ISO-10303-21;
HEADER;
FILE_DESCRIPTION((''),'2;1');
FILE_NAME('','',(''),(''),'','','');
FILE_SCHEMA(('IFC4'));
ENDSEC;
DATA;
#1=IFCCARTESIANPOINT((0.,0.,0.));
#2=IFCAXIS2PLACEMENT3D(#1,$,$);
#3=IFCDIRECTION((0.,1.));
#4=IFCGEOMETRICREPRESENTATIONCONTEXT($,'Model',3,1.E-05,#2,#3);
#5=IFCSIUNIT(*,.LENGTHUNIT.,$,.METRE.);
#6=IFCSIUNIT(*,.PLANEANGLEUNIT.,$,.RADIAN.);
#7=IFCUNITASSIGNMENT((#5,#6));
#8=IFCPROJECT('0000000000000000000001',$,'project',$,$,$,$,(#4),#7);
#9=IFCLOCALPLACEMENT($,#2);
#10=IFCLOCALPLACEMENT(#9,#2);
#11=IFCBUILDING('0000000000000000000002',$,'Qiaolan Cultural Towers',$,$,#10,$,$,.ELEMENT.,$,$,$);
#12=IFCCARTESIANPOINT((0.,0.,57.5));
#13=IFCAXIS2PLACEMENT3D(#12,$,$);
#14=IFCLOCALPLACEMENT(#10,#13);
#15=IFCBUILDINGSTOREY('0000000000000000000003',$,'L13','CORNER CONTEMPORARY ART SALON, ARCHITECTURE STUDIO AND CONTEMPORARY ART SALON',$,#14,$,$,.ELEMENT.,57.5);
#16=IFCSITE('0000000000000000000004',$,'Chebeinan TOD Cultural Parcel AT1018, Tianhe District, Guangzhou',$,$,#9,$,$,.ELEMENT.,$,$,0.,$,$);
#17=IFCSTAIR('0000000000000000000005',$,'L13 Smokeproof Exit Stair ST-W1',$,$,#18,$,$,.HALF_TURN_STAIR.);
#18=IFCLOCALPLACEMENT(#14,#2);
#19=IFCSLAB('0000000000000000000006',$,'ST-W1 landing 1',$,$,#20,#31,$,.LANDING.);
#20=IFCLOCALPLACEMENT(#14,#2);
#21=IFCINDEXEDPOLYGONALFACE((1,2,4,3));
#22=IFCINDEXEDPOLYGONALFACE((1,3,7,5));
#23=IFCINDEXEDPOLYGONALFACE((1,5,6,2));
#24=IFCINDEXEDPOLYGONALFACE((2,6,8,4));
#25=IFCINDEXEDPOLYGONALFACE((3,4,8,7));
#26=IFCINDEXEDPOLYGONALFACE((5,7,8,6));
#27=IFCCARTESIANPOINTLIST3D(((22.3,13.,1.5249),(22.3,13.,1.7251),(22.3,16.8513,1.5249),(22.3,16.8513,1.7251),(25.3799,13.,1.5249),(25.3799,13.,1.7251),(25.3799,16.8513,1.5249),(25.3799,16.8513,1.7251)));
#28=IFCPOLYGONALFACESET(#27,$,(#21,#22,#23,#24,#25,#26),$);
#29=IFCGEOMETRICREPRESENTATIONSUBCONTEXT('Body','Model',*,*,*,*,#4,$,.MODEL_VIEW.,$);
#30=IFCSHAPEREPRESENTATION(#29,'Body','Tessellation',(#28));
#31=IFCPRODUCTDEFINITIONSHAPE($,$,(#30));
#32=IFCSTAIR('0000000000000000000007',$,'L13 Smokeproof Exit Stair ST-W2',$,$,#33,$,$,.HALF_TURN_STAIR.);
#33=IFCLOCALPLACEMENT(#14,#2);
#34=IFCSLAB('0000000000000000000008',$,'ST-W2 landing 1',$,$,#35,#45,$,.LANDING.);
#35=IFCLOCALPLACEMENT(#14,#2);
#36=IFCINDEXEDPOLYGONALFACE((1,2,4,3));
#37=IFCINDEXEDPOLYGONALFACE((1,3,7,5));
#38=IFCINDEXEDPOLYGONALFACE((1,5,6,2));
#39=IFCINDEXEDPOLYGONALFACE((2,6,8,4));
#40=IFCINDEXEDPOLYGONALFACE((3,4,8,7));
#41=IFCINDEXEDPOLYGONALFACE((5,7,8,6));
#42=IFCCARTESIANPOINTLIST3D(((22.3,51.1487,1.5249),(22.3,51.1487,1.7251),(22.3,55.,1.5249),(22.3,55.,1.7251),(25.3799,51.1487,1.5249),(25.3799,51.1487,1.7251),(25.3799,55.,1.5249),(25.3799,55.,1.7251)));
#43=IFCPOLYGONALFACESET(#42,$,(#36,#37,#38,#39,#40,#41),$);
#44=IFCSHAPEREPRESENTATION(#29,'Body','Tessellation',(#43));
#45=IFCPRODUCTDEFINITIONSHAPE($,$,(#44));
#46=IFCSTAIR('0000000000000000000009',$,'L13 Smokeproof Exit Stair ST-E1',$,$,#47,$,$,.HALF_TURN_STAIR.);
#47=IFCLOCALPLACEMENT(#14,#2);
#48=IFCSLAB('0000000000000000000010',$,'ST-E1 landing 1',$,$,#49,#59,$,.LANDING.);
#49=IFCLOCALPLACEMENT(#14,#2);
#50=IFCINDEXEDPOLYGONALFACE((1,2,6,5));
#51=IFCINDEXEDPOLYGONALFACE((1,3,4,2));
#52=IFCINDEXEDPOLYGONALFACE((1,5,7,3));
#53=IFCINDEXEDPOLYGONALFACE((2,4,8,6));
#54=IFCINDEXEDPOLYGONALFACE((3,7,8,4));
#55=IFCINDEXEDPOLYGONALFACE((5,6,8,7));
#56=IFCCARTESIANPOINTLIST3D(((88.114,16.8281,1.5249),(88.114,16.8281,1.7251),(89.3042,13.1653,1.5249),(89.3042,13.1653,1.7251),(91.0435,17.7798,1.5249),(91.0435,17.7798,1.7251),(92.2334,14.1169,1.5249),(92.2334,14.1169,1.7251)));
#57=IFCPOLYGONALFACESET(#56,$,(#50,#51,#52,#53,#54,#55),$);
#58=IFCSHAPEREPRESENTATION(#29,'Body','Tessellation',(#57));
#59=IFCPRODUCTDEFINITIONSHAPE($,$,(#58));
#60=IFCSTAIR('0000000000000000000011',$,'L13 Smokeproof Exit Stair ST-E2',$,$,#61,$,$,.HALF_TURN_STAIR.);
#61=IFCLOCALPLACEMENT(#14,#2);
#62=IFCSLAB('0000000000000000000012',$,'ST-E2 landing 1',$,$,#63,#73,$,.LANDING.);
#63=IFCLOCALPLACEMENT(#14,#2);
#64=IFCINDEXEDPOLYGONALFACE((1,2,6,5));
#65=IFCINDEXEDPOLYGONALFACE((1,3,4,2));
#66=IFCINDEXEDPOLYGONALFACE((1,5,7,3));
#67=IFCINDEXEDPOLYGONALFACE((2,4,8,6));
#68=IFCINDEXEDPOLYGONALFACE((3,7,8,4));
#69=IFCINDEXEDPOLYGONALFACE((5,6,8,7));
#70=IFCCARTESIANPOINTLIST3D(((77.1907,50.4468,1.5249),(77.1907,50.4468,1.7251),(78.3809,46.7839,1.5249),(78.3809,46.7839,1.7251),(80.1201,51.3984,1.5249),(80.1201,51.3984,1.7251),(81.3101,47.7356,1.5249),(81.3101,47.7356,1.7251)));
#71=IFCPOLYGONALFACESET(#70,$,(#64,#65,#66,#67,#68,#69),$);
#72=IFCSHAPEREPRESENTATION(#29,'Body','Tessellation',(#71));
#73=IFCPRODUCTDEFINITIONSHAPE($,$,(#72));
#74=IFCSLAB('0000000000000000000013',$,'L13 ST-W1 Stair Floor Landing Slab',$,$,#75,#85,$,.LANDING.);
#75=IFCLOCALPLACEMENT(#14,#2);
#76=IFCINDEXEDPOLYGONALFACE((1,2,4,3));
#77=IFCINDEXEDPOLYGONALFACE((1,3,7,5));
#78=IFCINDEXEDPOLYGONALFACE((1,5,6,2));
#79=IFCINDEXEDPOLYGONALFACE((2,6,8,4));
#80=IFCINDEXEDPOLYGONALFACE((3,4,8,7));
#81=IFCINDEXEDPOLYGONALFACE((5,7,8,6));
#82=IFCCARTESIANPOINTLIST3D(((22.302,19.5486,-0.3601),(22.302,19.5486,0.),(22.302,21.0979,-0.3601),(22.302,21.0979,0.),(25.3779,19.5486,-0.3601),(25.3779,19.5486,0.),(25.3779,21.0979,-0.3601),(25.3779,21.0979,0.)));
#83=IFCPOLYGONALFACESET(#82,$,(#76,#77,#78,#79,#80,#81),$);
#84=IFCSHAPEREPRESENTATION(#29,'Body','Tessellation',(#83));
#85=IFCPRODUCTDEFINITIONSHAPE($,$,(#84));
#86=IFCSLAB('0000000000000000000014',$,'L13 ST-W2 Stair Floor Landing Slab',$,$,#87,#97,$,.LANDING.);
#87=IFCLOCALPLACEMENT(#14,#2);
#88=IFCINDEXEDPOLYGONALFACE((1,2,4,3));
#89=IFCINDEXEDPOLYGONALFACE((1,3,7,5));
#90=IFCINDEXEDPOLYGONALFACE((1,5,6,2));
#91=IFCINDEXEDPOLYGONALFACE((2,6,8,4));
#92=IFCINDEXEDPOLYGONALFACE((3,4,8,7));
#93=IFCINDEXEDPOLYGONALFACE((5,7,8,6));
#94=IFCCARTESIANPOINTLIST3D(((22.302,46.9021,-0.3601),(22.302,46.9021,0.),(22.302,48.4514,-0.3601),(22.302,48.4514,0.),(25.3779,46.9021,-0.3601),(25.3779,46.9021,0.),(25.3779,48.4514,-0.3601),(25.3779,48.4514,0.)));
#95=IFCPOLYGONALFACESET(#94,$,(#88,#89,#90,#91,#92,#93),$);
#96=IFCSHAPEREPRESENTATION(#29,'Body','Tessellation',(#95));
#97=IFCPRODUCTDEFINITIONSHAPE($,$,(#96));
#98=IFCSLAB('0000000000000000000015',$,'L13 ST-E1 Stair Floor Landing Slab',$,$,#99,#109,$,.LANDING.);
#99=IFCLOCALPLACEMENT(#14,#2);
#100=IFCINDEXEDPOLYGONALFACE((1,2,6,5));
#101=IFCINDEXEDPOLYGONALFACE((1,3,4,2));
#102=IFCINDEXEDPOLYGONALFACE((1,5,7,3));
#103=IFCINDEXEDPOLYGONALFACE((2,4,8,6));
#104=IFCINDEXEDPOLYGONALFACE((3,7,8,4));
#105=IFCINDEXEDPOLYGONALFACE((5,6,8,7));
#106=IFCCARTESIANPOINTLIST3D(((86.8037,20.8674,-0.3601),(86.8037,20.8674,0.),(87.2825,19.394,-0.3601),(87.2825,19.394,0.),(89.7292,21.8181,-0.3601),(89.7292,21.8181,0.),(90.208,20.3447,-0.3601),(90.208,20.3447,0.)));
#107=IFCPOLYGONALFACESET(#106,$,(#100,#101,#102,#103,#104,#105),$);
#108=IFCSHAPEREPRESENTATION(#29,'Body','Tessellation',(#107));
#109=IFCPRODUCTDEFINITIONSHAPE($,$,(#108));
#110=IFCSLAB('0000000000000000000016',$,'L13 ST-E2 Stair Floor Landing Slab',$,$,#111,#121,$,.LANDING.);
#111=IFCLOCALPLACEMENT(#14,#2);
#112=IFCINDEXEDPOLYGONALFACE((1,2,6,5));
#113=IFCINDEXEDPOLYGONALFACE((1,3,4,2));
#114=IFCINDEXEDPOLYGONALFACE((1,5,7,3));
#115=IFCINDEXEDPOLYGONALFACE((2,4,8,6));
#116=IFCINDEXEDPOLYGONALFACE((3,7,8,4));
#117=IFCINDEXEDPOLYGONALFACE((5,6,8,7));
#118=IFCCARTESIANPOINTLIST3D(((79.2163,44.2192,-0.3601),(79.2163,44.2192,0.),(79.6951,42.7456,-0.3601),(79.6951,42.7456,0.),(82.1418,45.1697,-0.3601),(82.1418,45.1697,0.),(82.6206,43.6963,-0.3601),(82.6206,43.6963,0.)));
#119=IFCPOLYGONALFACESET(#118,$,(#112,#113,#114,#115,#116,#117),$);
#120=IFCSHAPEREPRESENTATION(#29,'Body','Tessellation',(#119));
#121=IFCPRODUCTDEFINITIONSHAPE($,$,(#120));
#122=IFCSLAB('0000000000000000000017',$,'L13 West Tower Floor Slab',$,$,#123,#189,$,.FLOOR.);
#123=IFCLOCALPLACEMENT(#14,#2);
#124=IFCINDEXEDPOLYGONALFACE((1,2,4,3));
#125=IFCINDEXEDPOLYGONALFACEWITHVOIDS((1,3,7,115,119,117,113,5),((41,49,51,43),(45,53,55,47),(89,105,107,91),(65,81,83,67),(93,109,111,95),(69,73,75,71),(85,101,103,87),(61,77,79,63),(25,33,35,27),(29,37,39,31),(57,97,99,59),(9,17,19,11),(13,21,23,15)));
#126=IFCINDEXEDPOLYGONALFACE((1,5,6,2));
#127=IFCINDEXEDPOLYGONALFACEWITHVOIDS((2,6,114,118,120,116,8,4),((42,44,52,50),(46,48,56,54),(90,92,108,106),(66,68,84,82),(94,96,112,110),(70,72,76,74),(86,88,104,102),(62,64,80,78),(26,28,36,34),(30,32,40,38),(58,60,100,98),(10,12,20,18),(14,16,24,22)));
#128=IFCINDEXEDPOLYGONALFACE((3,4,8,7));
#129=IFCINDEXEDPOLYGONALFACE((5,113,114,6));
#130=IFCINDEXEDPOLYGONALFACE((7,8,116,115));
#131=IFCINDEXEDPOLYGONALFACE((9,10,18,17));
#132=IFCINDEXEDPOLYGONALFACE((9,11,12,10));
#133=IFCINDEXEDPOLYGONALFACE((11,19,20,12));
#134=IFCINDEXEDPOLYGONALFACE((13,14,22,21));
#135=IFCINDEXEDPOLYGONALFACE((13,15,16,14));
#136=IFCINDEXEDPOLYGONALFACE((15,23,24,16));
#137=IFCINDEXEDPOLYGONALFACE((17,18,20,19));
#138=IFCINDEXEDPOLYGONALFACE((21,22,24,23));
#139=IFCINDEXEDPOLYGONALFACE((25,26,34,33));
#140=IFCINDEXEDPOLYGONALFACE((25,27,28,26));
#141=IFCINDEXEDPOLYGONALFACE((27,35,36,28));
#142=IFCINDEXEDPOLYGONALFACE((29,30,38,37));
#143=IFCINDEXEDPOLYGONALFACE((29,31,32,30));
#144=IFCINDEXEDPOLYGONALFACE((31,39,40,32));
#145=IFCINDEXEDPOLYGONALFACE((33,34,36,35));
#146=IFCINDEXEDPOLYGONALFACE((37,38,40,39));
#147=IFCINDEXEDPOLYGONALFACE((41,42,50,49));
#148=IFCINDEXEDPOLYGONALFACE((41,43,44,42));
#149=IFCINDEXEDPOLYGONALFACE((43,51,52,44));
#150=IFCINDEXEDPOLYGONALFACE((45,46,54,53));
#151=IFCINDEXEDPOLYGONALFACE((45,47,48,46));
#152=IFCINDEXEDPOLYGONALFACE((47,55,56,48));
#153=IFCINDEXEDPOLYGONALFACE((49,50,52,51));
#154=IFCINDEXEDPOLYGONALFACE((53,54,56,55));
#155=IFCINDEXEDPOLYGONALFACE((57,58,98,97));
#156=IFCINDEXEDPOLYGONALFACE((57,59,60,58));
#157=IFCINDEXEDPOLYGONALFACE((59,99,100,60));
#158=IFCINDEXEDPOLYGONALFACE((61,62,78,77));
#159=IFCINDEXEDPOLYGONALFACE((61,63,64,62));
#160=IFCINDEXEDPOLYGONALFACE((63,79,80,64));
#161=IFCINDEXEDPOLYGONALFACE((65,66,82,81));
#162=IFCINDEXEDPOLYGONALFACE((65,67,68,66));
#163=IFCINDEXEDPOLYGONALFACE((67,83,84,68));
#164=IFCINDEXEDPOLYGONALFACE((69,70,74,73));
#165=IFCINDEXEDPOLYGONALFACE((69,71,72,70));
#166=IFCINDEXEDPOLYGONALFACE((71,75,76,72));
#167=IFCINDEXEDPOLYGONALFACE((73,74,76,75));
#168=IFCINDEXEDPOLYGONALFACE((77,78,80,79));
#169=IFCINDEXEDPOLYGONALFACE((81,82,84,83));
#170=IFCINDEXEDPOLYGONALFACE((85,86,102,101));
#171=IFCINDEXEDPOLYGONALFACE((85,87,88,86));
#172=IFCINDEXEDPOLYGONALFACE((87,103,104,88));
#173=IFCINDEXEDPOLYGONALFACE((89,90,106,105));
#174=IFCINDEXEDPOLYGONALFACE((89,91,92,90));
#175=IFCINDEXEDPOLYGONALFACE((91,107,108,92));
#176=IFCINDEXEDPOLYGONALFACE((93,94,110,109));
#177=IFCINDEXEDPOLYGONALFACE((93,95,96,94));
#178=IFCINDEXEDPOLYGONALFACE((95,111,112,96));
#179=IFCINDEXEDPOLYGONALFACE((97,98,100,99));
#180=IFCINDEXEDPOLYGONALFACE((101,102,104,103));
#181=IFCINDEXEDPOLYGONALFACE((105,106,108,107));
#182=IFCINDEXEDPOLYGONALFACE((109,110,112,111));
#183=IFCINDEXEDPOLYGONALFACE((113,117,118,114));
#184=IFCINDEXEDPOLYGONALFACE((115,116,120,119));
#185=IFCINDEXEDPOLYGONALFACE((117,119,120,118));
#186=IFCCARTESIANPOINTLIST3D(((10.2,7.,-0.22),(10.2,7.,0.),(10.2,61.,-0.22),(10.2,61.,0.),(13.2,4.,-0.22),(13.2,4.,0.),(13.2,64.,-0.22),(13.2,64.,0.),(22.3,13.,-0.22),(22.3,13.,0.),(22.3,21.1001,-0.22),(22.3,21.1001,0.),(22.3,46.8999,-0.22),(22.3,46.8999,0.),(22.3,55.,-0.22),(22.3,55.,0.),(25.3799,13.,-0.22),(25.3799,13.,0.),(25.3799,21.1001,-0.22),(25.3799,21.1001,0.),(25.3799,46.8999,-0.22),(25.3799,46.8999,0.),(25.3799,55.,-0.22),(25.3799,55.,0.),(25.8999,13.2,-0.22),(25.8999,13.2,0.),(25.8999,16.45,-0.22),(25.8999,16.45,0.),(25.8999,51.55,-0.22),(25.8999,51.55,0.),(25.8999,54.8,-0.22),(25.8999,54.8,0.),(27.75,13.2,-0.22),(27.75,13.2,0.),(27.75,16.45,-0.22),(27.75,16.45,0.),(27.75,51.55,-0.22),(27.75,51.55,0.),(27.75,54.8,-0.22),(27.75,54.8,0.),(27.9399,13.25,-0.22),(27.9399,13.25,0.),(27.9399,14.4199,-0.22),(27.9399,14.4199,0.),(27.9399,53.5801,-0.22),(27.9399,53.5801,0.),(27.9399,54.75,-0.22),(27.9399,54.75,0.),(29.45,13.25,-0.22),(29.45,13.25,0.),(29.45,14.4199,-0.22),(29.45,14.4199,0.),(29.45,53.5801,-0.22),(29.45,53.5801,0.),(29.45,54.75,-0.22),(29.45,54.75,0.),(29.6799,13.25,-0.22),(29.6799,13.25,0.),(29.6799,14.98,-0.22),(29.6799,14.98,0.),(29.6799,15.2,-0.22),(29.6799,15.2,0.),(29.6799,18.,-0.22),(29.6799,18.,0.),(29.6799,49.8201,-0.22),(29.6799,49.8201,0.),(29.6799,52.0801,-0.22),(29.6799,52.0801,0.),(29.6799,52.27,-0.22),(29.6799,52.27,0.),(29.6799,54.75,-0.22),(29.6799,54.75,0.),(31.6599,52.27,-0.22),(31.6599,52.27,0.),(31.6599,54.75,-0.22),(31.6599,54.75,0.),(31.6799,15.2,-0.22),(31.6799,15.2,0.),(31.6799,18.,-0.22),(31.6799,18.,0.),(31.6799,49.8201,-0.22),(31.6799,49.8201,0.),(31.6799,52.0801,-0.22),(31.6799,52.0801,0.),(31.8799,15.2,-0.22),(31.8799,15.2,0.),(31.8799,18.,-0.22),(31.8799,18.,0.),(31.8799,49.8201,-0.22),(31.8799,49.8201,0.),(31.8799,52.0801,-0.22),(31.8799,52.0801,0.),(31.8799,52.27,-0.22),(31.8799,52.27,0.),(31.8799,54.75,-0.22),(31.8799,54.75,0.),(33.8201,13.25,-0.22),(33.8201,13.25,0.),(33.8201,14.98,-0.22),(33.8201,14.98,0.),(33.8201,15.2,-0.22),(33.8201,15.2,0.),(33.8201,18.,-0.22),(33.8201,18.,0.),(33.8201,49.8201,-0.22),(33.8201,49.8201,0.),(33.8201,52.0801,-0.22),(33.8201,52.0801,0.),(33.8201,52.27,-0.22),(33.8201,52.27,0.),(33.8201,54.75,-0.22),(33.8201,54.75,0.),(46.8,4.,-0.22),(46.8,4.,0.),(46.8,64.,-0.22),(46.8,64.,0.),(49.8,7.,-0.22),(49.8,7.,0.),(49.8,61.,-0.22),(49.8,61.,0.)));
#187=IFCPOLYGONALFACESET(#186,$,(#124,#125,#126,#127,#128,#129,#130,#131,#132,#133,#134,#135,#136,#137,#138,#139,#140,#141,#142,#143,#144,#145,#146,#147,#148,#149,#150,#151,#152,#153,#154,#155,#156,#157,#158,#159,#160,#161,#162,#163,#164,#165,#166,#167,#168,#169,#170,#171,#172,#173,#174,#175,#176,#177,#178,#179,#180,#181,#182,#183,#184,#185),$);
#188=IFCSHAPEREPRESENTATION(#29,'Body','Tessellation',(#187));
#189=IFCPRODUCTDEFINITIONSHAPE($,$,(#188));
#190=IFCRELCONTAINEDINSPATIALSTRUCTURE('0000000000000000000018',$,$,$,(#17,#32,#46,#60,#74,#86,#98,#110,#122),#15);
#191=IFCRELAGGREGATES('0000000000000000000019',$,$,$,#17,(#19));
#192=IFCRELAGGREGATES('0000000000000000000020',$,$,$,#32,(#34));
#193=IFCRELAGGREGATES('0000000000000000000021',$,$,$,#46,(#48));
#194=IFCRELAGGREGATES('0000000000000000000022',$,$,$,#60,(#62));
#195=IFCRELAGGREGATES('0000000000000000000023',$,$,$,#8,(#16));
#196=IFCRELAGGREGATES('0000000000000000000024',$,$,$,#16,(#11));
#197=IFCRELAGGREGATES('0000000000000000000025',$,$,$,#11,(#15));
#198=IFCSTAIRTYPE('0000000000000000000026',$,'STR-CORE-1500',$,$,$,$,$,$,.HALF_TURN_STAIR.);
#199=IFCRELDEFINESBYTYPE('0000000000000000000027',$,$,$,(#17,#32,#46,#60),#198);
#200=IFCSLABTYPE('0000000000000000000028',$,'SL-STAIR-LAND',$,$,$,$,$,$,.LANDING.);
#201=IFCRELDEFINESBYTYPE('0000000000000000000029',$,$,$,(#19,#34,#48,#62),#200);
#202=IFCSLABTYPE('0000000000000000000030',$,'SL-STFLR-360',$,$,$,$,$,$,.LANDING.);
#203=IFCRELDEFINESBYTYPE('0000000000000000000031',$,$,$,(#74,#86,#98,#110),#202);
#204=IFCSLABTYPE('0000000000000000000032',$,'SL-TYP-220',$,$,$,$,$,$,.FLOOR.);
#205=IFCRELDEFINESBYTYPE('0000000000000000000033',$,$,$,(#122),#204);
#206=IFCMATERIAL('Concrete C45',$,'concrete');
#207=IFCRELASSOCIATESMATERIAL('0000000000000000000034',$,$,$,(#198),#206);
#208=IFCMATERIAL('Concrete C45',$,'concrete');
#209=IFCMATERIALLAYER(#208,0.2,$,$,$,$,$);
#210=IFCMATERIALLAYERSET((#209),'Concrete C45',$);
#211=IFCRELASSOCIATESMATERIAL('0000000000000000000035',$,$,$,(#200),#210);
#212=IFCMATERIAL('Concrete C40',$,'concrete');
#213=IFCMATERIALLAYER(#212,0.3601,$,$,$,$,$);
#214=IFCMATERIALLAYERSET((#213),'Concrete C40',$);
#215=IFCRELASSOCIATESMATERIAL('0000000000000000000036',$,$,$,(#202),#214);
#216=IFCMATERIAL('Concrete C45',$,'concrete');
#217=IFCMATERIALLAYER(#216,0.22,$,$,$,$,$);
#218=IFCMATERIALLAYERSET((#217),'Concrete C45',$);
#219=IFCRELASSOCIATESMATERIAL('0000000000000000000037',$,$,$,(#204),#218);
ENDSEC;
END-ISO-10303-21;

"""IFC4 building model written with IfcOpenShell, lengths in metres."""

from ifc_helpers import new_model, si_unit, direction, frame, origin, place, context, subcontext, project, spatial, polyline, outline, extrude, material, layer, layer_set, type_object, element, aggregate, save


model = new_model("IFC4")

# Units and contexts
model_context = context("Model", 3, precision=1e-05, world=origin(), true_north=direction((0.0, 1.0)))
body_context = subcontext(model_context, "Body", "Model", "MODEL_VIEW")
ifc_project = project(units=[si_unit("LENGTHUNIT", "METRE"), si_unit("PLANEANGLEUNIT", "RADIAN")], contexts=[model_context])

# Site, building, storey
site_placement = place(None, origin())
site = spatial("IfcSite", under=ifc_project, at=site_placement, Name="Chebeinan TOD Cultural Parcel AT1018, Tianhe District, Guangzhou", CompositionType="ELEMENT", RefElevation=0.0)
building_placement = place(site_placement, origin())
building = spatial("IfcBuilding", under=site, at=building_placement, Name="Qiaolan Cultural Towers", CompositionType="ELEMENT")
storey_placement = place(building_placement, frame((0.0, 0.0, 57.5)))
storey = spatial("IfcBuildingStorey", under=building, at=storey_placement, Name="L13", Description="CORNER CONTEMPORARY ART SALON, ARCHITECTURE STUDIO AND CONTEMPORARY ART SALON", CompositionType="ELEMENT", Elevation=57.5)

# Stairs, slabs
ifc_material_1 = material(Name="Concrete C45", Category="concrete")
stair_type = type_object("IfcStairType", Name="STR-CORE-1500", PredefinedType="HALF_TURN_STAIR", material=ifc_material_1)
stair_1_placement = place(storey_placement, origin())
stair_1 = element("IfcStair", 1, at=stair_1_placement, inside=storey, type_object=stair_type, Name="L13 Smokeproof Exit Stair ST-W1", PredefinedType="HALF_TURN_STAIR")
ifc_material_2 = material(Name="Concrete C45", Category="concrete")
ifc_layer_1 = layer(ifc_material_2, 0.2)
ifc_layer_set_1 = layer_set([ifc_layer_1], Name="Concrete C45")
slab_type_1 = type_object("IfcSlabType", Name="SL-STAIR-LAND", PredefinedType="LANDING", material=ifc_layer_set_1)
slab_1_placement = place(storey_placement, frame((0.0, 0.0, 1.5249)))
slab_1 = element("IfcSlab", 2, at=slab_1_placement, type_object=slab_type_1, Name="ST-W1 landing 1", PredefinedType="LANDING", context=body_context, shape_type="SweptSolid", body=[
    extrude(outline(polyline([(22.3, 16.8513), (22.3, 13.0), (25.3799, 13.0), (25.3799, 16.8513), (22.3, 16.8513)])), origin(), (0.0, 0.0, 1.0), 0.2002),
])
aggregate(stair_1, [slab_1])
stair_2_placement = place(storey_placement, origin())
stair_2 = element("IfcStair", 3, at=stair_2_placement, inside=storey, type_object=stair_type, Name="L13 Smokeproof Exit Stair ST-W2", PredefinedType="HALF_TURN_STAIR")
slab_2_placement = place(storey_placement, frame((0.0, 0.0, 1.5249)))
slab_2 = element("IfcSlab", 4, at=slab_2_placement, type_object=slab_type_1, Name="ST-W2 landing 1", PredefinedType="LANDING", context=body_context, shape_type="SweptSolid", body=[
    extrude(outline(polyline([(25.3799, 51.1487), (25.3799, 55.0), (22.3, 55.0), (22.3, 51.1487), (25.3799, 51.1487)])), origin(), (0.0, 0.0, 1.0), 0.2002),
])
aggregate(stair_2, [slab_2])
stair_3_placement = place(storey_placement, origin())
stair_3 = element("IfcStair", 5, at=stair_3_placement, inside=storey, type_object=stair_type, Name="L13 Smokeproof Exit Stair ST-E1", PredefinedType="HALF_TURN_STAIR")
slab_3_placement = place(storey_placement, frame((0.0, 0.0, 1.5249)))
slab_3 = element("IfcSlab", 6, at=slab_3_placement, type_object=slab_type_1, Name="ST-E1 landing 1", PredefinedType="LANDING", context=body_context, shape_type="SweptSolid", body=[
    extrude(outline(polyline([(88.114, 16.8281), (89.3042, 13.1653), (92.2334, 14.1169), (91.0435, 17.7798), (88.114, 16.8281)])), origin(), (0.0, 0.0, 1.0), 0.2002),
])
aggregate(stair_3, [slab_3])
stair_4_placement = place(storey_placement, origin())
stair_4 = element("IfcStair", 7, at=stair_4_placement, inside=storey, type_object=stair_type, Name="L13 Smokeproof Exit Stair ST-E2", PredefinedType="HALF_TURN_STAIR")
slab_4_placement = place(storey_placement, frame((0.0, 0.0, 1.5249)))
slab_4 = element("IfcSlab", 8, at=slab_4_placement, type_object=slab_type_1, Name="ST-E2 landing 1", PredefinedType="LANDING", context=body_context, shape_type="SweptSolid", body=[
    extrude(outline(polyline([(81.3101, 47.7356), (80.1201, 51.3984), (77.1907, 50.4468), (78.3809, 46.7839), (81.3101, 47.7356)])), origin(), (0.0, 0.0, 1.0), 0.2002),
])
aggregate(stair_4, [slab_4])

# Slabs
ifc_material_3 = material(Name="Concrete C40", Category="concrete")
ifc_layer_2 = layer(ifc_material_3, 0.3601)
ifc_layer_set_2 = layer_set([ifc_layer_2], Name="Concrete C40")
slab_type_2 = type_object("IfcSlabType", Name="SL-STFLR-360", PredefinedType="LANDING", material=ifc_layer_set_2)
slab_5_placement = place(storey_placement, frame((0.0, 0.0, -0.3601)))
element("IfcSlab", 9, at=slab_5_placement, inside=storey, type_object=slab_type_2, Name="L13 ST-W1 Stair Floor Landing Slab", PredefinedType="LANDING", context=body_context, shape_type="SweptSolid", body=[
    extrude(outline(polyline([(22.302, 21.0979), (22.302, 19.5486), (25.3779, 19.5486), (25.3779, 21.0979), (22.302, 21.0979)])), origin(), (0.0, 0.0, 1.0), 0.3601),
])
slab_6_placement = place(storey_placement, frame((0.0, 0.0, -0.3601)))
element("IfcSlab", 10, at=slab_6_placement, inside=storey, type_object=slab_type_2, Name="L13 ST-W2 Stair Floor Landing Slab", PredefinedType="LANDING", context=body_context, shape_type="SweptSolid", body=[
    extrude(outline(polyline([(25.3779, 46.9021), (25.3779, 48.4514), (22.302, 48.4514), (22.302, 46.9021), (25.3779, 46.9021)])), origin(), (0.0, 0.0, 1.0), 0.3601),
])
slab_7_placement = place(storey_placement, frame((0.0, 0.0, -0.3601)))
element("IfcSlab", 11, at=slab_7_placement, inside=storey, type_object=slab_type_2, Name="L13 ST-E1 Stair Floor Landing Slab", PredefinedType="LANDING", context=body_context, shape_type="SweptSolid", body=[
    extrude(outline(polyline([(86.8037, 20.8674), (87.2825, 19.394), (90.208, 20.3447), (89.7292, 21.8181), (86.8037, 20.8674)])), origin(), (0.0, 0.0, 1.0), 0.3601),
])
slab_8_placement = place(storey_placement, frame((0.0, 0.0, -0.3601)))
element("IfcSlab", 12, at=slab_8_placement, inside=storey, type_object=slab_type_2, Name="L13 ST-E2 Stair Floor Landing Slab", PredefinedType="LANDING", context=body_context, shape_type="SweptSolid", body=[
    extrude(outline(polyline([(82.6206, 43.6963), (82.1418, 45.1697), (79.2163, 44.2192), (79.6951, 42.7456), (82.6206, 43.6963)])), origin(), (0.0, 0.0, 1.0), 0.3601),
])
ifc_material_4 = material(Name="Concrete C45", Category="concrete")
ifc_layer_3 = layer(ifc_material_4, 0.22)
ifc_layer_set_3 = layer_set([ifc_layer_3], Name="Concrete C45")
slab_type_3 = type_object("IfcSlabType", Name="SL-TYP-220", PredefinedType="FLOOR", material=ifc_layer_set_3)
slab_9_placement = place(storey_placement, frame((0.0, 0.0, -0.22)))
element("IfcSlab", 13, at=slab_9_placement, inside=storey, type_object=slab_type_3, Name="L13 West Tower Floor Slab", PredefinedType="FLOOR", context=body_context, shape_type="SweptSolid", body=[
    extrude(outline(polyline([(13.2, 4.0), (46.8, 4.0), (49.8, 7.0), (49.8, 61.0), (46.8, 64.0), (13.2, 64.0), (10.2, 61.0), (10.2, 7.0), (13.2, 4.0)]), holes=[polyline([(22.3, 21.1001), (22.3, 13.0), (25.3799, 13.0), (25.3799, 21.1001), (22.3, 21.1001)]), polyline([(25.3799, 46.8999), (25.3799, 55.0), (22.3, 55.0), (22.3, 46.8999), (25.3799, 46.8999)]), polyline([(25.8999, 13.2), (27.75, 13.2), (27.75, 16.45), (25.8999, 16.45), (25.8999, 13.2)]), polyline([(27.9399, 13.25), (29.45, 13.25), (29.45, 14.4199), (27.9399, 14.4199), (27.9399, 13.25)]), polyline([(29.6799, 15.2), (31.6799, 15.2), (31.6799, 18.0), (29.6799, 18.0), (29.6799, 15.2)]), polyline([(31.8799, 15.2), (33.8201, 15.2), (33.8201, 18.0), (31.8799, 18.0), (31.8799, 15.2)]), polyline([(29.6799, 13.25), (33.8201, 13.25), (33.8201, 14.98), (29.6799, 14.98), (29.6799, 13.25)]), polyline([(25.8999, 51.55), (27.75, 51.55), (27.75, 54.8), (25.8999, 54.8), (25.8999, 51.55)]), polyline([(27.9399, 53.5801), (29.45, 53.5801), (29.45, 54.75), (27.9399, 54.75), (27.9399, 53.5801)]), polyline([(29.6799, 49.8201), (31.6799, 49.8201), (31.6799, 52.0801), (29.6799, 52.0801), (29.6799, 49.8201)]), polyline([(31.8799, 49.8201), (33.8201, 49.8201), (33.8201, 52.0801), (31.8799, 52.0801), (31.8799, 49.8201)]), polyline([(29.6799, 52.27), (31.6599, 52.27), (31.6599, 54.75), (29.6799, 54.75), (29.6799, 52.27)]), polyline([(31.8799, 52.27), (33.8201, 52.27), (33.8201, 54.75), (31.8799, 54.75), (31.8799, 52.27)])]), origin(), (0.0, 0.0, 1.0), 0.22),
])

save(model, "model.ifc")
